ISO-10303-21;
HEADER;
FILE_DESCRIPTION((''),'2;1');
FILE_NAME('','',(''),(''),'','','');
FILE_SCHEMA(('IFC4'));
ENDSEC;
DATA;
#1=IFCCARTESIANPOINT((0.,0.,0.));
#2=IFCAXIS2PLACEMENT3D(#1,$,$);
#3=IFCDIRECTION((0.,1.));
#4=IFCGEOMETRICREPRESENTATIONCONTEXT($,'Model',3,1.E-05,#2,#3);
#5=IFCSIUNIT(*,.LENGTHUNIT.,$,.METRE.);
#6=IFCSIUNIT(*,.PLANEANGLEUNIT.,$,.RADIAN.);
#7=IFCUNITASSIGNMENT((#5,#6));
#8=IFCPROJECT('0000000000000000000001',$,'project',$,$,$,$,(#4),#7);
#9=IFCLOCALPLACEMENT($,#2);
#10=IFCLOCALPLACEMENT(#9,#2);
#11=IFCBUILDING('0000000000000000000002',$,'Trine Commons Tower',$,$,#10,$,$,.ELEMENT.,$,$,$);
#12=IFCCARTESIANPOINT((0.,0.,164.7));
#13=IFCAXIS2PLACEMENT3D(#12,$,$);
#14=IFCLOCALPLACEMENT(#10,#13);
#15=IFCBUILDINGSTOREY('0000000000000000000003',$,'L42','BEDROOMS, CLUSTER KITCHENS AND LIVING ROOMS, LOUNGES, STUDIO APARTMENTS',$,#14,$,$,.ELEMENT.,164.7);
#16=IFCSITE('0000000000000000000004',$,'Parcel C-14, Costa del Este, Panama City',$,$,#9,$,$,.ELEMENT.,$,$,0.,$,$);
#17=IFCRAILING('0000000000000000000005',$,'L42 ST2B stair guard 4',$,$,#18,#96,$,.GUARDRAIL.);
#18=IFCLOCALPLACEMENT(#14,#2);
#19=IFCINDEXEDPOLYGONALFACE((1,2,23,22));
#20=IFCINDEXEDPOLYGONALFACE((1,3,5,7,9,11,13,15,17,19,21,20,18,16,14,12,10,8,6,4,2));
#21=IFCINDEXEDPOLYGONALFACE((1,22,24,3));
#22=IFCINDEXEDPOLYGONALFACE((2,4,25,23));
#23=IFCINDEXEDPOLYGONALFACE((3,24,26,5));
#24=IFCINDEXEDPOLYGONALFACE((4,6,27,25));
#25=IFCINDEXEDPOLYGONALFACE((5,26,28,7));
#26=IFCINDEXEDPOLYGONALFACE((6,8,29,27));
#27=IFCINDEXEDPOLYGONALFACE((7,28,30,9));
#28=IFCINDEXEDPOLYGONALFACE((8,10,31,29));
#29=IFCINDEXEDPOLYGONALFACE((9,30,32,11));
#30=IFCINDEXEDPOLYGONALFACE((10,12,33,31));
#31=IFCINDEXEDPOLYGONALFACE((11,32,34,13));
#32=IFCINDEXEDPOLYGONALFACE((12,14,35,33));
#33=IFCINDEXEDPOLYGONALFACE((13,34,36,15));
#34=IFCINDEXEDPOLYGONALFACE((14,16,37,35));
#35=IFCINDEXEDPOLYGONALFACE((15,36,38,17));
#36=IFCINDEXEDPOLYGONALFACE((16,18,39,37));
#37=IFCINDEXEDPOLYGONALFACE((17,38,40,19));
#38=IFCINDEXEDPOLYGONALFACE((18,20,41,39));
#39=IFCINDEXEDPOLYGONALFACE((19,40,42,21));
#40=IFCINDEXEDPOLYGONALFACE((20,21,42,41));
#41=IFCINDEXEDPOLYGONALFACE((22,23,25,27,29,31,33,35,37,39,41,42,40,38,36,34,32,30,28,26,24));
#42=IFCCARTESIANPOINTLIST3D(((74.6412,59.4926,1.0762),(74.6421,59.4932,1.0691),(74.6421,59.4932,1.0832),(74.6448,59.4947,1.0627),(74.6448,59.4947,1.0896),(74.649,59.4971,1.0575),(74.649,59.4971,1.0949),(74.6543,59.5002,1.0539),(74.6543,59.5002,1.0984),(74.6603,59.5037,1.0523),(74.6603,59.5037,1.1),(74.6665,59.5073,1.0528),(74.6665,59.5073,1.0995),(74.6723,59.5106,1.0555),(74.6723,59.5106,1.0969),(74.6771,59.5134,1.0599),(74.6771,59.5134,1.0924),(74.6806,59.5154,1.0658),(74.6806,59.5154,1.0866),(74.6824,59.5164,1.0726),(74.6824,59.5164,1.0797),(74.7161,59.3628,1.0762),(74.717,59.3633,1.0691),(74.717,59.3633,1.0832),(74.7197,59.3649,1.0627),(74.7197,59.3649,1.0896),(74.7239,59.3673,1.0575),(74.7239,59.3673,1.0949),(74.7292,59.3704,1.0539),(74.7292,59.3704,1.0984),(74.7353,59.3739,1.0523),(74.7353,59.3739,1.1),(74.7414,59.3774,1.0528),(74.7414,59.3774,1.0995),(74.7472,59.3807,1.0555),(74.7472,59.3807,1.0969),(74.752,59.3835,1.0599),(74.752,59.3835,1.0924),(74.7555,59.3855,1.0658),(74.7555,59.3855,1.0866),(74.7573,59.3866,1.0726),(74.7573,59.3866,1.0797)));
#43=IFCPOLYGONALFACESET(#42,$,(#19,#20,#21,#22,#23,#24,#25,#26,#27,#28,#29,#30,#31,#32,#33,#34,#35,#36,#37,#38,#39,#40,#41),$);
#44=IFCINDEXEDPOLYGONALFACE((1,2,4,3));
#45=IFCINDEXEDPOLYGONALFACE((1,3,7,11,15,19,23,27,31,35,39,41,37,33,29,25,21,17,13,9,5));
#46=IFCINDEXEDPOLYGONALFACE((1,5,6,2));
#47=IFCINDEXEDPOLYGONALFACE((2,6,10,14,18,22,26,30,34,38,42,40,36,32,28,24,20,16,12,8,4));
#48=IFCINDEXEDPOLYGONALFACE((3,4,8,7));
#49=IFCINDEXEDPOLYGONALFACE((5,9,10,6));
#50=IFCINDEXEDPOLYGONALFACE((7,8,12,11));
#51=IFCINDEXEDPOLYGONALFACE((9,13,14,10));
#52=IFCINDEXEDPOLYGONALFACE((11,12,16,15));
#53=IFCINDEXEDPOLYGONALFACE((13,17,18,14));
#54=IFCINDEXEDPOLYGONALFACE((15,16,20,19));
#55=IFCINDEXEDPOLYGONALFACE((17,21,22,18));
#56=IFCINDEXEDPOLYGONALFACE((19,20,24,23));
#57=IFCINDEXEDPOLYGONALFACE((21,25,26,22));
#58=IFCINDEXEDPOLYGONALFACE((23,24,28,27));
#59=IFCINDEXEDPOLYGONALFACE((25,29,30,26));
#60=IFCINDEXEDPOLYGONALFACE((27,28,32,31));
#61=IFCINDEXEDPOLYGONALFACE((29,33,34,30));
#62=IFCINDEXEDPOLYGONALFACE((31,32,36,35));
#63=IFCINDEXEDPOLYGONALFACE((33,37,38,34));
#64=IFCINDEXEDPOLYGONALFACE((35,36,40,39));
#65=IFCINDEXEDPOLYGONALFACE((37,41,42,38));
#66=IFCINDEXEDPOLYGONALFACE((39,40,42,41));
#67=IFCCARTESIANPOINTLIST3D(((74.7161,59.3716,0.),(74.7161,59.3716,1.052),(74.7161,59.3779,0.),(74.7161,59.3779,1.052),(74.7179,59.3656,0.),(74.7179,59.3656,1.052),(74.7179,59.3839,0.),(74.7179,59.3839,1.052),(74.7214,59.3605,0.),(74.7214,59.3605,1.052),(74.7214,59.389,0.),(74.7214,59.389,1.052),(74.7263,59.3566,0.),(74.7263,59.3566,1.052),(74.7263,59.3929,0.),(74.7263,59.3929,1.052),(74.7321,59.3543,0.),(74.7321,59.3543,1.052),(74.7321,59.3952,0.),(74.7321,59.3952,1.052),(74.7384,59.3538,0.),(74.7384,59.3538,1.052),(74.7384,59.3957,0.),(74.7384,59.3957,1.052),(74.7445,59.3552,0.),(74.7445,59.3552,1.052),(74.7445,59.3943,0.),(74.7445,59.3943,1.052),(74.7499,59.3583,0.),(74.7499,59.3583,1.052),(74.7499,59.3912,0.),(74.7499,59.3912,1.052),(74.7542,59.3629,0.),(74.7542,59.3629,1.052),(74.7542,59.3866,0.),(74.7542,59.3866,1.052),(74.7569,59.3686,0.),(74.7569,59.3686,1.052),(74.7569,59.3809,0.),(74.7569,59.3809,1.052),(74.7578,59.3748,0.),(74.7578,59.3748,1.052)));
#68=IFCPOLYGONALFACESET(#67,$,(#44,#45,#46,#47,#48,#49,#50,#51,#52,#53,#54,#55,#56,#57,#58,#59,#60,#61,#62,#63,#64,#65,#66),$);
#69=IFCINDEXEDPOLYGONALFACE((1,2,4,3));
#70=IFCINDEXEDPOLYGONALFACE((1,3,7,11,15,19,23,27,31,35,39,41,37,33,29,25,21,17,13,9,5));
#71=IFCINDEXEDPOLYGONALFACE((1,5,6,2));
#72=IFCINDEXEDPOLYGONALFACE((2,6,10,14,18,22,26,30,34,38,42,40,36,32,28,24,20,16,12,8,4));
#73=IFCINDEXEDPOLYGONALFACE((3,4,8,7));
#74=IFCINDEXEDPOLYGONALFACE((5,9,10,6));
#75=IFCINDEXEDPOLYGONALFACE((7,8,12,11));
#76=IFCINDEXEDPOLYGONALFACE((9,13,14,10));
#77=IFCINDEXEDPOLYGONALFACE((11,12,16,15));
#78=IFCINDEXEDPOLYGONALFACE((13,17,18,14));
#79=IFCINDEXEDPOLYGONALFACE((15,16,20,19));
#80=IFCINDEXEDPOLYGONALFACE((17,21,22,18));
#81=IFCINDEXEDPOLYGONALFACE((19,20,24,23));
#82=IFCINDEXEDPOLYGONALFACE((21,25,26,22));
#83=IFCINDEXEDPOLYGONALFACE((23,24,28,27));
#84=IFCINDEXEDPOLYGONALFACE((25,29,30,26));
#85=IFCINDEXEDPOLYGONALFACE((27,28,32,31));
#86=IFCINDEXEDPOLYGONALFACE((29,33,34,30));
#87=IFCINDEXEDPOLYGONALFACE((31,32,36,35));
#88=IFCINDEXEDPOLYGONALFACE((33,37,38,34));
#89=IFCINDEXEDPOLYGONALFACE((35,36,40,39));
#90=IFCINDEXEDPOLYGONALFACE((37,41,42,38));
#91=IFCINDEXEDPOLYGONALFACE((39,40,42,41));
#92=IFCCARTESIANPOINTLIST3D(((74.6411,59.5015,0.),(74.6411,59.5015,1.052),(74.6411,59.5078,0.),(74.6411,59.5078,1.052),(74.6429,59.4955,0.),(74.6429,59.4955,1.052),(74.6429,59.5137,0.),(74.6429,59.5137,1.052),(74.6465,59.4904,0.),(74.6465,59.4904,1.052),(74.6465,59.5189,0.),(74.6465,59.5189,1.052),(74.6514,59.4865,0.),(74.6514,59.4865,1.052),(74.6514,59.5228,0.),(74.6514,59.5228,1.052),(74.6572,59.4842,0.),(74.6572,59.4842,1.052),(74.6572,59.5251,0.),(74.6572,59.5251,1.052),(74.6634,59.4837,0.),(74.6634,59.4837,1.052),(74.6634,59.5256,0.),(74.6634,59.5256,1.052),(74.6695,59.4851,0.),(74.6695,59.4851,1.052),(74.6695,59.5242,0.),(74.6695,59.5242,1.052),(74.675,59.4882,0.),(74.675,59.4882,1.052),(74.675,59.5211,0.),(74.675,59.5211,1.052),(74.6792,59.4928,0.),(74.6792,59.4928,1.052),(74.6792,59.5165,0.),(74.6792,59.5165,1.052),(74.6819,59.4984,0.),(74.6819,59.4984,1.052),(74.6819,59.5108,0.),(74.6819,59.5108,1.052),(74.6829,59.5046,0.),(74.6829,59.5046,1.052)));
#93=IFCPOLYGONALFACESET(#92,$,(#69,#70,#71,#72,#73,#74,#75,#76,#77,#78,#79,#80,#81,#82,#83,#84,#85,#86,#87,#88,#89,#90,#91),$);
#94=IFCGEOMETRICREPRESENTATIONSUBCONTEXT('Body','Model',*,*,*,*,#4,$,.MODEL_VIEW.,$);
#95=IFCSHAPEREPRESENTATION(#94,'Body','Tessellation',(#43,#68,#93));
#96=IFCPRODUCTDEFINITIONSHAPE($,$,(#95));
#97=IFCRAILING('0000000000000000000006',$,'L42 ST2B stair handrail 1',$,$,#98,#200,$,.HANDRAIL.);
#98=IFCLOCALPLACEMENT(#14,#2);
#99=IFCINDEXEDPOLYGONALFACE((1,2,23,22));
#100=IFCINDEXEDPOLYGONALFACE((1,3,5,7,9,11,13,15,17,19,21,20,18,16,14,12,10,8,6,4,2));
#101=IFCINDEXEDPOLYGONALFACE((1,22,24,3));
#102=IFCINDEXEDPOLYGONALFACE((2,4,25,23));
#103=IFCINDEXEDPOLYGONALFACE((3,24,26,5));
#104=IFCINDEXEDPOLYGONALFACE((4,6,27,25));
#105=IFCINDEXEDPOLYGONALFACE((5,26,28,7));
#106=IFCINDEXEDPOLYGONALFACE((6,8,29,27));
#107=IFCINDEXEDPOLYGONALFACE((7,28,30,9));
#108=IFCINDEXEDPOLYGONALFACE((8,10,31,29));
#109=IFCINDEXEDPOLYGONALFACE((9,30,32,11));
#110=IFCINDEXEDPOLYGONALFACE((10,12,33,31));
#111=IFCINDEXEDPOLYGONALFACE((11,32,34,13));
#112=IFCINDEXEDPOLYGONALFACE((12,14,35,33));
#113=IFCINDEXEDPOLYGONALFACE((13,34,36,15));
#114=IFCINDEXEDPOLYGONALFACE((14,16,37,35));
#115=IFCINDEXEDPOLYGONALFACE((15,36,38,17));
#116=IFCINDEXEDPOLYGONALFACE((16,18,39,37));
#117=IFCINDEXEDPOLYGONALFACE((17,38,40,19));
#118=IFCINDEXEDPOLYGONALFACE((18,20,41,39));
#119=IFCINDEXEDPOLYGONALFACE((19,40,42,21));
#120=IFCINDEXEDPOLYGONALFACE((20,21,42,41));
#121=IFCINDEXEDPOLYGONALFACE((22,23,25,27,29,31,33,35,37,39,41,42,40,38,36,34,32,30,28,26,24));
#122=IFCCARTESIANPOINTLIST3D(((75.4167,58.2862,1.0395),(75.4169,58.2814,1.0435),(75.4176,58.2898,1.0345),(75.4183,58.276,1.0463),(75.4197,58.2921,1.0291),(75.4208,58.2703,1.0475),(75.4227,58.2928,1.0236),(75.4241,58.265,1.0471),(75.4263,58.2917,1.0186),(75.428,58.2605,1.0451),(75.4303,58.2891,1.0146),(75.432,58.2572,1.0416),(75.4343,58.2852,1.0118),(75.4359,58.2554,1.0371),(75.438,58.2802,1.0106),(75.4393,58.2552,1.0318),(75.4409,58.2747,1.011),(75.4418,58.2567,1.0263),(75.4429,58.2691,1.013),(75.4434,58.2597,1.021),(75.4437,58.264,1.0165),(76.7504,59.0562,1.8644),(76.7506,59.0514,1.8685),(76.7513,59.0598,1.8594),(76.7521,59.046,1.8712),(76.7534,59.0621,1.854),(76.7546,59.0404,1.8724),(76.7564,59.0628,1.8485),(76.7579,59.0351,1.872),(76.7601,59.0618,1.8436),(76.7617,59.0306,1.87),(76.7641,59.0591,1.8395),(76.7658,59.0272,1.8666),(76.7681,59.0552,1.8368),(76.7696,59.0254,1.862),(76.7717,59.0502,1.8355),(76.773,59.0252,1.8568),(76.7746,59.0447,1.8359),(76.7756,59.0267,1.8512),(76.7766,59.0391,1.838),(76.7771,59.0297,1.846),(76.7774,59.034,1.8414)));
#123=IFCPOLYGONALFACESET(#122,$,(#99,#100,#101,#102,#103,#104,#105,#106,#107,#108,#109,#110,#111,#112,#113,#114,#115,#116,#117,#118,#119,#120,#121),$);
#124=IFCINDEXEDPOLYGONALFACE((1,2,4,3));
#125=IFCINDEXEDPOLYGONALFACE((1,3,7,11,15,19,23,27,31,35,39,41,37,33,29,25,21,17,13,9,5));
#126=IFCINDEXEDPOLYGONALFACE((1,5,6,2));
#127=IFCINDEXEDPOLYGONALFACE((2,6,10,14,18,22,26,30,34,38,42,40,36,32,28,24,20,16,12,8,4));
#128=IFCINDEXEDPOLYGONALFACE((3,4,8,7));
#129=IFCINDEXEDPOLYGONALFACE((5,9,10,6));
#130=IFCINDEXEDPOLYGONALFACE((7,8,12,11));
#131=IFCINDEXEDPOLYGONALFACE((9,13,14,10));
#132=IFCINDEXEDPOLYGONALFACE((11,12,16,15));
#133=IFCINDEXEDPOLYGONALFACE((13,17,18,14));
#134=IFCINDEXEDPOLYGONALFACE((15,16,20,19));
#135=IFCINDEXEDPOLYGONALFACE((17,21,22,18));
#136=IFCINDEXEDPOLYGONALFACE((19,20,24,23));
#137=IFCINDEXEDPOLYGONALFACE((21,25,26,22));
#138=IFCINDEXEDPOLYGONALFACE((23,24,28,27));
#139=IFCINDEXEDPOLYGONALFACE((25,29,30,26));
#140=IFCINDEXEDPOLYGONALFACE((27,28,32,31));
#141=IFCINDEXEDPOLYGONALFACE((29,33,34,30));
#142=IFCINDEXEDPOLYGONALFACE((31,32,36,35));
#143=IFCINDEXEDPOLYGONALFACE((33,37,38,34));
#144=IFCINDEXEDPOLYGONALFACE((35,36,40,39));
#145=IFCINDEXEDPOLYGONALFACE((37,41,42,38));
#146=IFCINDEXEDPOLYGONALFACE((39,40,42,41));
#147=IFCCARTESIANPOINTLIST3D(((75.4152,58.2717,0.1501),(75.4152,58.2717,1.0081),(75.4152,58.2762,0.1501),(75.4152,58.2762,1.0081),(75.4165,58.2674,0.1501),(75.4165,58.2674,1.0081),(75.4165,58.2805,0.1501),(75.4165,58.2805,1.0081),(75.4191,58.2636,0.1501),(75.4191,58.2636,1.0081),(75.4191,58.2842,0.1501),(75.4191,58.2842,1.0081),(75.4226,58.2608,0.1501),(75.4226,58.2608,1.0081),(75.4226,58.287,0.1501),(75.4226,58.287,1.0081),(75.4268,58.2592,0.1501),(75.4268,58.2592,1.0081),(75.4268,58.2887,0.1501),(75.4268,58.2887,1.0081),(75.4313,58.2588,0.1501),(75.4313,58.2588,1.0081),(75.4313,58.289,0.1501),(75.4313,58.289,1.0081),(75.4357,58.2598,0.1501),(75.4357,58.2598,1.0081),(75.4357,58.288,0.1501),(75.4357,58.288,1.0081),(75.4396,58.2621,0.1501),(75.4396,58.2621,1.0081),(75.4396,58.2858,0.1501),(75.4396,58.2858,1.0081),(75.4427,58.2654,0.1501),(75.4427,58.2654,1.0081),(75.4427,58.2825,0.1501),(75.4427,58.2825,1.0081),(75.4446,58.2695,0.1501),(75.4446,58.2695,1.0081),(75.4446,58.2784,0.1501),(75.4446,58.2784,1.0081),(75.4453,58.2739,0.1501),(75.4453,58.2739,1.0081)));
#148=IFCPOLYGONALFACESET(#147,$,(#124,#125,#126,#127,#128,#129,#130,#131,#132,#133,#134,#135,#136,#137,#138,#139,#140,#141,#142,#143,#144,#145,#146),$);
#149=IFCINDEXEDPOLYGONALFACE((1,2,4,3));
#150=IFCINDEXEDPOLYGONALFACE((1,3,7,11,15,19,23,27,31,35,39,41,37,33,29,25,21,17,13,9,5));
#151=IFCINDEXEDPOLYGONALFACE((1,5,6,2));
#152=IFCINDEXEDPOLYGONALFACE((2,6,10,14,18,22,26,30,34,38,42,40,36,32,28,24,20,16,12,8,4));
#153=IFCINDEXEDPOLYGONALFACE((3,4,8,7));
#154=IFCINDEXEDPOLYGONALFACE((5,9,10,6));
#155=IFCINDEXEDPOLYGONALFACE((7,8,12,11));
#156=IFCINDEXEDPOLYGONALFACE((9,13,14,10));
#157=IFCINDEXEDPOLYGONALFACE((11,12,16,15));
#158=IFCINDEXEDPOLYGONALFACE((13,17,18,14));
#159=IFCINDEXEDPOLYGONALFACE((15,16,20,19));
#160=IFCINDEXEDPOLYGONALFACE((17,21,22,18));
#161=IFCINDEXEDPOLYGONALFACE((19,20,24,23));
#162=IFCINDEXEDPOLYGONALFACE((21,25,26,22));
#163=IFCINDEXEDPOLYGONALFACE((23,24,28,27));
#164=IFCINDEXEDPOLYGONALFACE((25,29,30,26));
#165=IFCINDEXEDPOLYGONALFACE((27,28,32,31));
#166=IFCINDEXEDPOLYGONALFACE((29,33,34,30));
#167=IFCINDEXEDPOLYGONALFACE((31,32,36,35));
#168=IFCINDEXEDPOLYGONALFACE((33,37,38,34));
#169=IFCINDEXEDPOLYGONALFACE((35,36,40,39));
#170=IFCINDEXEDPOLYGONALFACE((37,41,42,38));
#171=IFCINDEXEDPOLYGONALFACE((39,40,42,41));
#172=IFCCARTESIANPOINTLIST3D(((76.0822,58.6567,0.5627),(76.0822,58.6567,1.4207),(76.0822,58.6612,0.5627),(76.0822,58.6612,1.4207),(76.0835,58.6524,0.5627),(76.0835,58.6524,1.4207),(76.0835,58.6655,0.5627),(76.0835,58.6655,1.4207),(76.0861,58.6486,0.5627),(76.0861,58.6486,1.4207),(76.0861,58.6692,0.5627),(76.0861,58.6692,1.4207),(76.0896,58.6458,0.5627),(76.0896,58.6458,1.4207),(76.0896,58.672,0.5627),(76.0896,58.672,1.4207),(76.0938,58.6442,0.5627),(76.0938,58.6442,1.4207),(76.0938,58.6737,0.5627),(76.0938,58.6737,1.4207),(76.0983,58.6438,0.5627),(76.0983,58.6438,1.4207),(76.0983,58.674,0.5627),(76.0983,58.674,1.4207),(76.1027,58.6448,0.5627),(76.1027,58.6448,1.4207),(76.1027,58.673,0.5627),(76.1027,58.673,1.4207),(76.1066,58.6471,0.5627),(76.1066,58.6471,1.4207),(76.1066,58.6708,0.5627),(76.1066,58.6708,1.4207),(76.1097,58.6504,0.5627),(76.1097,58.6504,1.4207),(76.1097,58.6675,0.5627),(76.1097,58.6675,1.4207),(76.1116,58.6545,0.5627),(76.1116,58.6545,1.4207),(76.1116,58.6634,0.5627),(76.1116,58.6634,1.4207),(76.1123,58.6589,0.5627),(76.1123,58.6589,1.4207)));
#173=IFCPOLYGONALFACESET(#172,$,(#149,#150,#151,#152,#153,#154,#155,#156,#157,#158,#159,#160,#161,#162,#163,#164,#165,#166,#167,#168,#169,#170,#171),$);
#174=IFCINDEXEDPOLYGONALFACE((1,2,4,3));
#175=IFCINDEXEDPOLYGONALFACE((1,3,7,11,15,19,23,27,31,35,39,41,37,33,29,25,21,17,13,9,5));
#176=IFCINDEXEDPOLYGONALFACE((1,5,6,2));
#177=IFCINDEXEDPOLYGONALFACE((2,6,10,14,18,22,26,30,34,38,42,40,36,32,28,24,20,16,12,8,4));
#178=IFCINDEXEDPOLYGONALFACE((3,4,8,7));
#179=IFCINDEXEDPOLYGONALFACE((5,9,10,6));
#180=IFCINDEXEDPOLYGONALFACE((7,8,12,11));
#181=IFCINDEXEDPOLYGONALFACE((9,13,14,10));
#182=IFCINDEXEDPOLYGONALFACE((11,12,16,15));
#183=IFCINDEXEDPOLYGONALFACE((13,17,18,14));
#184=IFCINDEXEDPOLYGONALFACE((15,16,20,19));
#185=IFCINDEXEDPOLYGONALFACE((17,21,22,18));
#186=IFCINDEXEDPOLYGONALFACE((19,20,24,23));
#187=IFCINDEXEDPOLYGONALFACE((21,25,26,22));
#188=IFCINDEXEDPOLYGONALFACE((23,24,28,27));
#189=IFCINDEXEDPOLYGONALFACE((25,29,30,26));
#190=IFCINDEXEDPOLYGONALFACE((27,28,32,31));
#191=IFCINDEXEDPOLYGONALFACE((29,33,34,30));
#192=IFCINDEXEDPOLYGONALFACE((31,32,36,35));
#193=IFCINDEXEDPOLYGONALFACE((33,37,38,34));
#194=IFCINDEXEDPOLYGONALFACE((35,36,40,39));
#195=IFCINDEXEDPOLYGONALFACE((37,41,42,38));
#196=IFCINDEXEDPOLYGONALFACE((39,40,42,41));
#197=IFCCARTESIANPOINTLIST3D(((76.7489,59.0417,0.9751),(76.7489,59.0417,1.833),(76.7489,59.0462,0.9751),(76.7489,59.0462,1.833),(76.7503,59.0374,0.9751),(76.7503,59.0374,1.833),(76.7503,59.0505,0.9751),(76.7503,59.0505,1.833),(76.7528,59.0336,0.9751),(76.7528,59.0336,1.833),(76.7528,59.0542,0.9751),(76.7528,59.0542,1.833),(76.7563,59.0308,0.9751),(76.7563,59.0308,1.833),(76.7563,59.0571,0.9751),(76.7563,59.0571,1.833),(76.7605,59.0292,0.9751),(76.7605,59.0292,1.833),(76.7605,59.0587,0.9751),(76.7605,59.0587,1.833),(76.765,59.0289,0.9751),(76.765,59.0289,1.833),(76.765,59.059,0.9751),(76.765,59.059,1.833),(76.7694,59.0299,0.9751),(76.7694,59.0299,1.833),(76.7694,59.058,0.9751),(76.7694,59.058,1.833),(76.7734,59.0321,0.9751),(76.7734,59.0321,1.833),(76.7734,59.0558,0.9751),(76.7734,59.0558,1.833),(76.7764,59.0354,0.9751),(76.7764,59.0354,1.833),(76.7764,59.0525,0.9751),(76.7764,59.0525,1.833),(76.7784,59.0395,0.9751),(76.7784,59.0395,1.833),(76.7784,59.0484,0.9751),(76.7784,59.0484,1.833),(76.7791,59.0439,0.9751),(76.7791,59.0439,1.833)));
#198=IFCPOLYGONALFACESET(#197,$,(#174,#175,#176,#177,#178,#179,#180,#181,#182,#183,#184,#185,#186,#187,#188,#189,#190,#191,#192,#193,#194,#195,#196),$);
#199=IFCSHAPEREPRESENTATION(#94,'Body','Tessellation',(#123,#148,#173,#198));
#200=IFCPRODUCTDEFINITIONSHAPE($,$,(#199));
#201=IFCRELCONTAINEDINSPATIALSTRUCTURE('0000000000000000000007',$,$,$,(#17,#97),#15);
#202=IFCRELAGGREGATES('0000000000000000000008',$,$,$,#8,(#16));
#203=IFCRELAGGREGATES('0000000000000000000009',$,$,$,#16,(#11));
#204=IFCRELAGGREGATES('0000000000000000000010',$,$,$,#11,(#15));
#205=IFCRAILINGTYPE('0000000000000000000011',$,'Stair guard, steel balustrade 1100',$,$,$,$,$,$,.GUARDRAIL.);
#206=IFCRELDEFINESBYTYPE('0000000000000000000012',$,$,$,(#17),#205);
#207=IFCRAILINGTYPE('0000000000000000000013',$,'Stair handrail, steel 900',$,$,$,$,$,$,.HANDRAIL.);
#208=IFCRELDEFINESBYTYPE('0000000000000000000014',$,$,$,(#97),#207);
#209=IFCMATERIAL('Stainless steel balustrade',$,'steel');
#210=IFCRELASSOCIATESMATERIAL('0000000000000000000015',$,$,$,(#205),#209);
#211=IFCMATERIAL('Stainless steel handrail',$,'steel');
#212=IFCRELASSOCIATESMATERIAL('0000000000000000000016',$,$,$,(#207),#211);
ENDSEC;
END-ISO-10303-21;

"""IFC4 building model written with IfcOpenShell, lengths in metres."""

from ifc_helpers import new_model, si_unit, direction, frame, origin, origin_2d, place, context, subcontext, project, spatial, circle, extrude, material, type_object, element, save


model = new_model("IFC4")

# Units and contexts
model_context = context("Model", 3, precision=1e-05, world=origin(), true_north=direction((0.0, 1.0)))
body_context = subcontext(model_context, "Body", "Model", "MODEL_VIEW")
ifc_project = project(units=[si_unit("LENGTHUNIT", "METRE"), si_unit("PLANEANGLEUNIT", "RADIAN")], contexts=[model_context])

# Site, building, storey
site_placement = place(None, origin())
site = spatial("IfcSite", under=ifc_project, at=site_placement, Name="Parcel C-14, Costa del Este, Panama City", CompositionType="ELEMENT", RefElevation=0.0)
building_placement = place(site_placement, origin())
building = spatial("IfcBuilding", under=site, at=building_placement, Name="Trine Commons Tower", CompositionType="ELEMENT")
storey_placement = place(building_placement, frame((0.0, 0.0, 164.7)))
storey = spatial("IfcBuildingStorey", under=building, at=storey_placement, Name="L42", Description="BEDROOMS, CLUSTER KITCHENS AND LIVING ROOMS, LOUNGES, STUDIO APARTMENTS", CompositionType="ELEMENT", Elevation=164.7)

# Railings
ifc_material_1 = material(Name="Stainless steel balustrade", Category="steel")
railing_type_1 = type_object("IfcRailingType", Name="Stair guard, steel balustrade 1100", PredefinedType="GUARDRAIL", material=ifc_material_1)
railing_1_placement = place(storey_placement, frame((74.7368, 59.3748, 0.0)))
element("IfcRailing", 1, at=railing_1_placement, inside=storey, type_object=railing_type_1, Name="L42 ST2B stair guard 4", PredefinedType="GUARDRAIL", context=body_context, shape_type="SweptSolid", body=[
    extrude(circle(Radius=0.0239, at=origin_2d()), frame((0.0, 0.0, 1.0762), z_axis=(-0.499816, 0.866131, 0.0), x_axis=(-0.866131, -0.499816, 0.0)), (0.0, 0.0, 1.0), 0.1499),
    extrude(circle(Radius=0.021, at=origin_2d()), origin(), (0.0, 0.0, 1.0), 1.052),
    extrude(circle(Radius=0.021, at=origin_2d()), frame((-0.075, 0.1299, 0.0)), (0.0, 0.0, 1.0), 1.052),
])
ifc_material_2 = material(Name="Stainless steel handrail", Category="steel")
railing_type_2 = type_object("IfcRailingType", Name="Stair handrail, steel 900", PredefinedType="HANDRAIL", material=ifc_material_2)
for number, where, name in (
    (2, (75.4302, 58.2739, 0.1501), "L42 ST2B stair handrail 1"),
):
    element("IfcRailing", number, at=place(storey_placement, frame(where)), inside=storey, type_object=railing_type_2, Name=name, PredefinedType="HANDRAIL", context=body_context, shape_type="SweptSolid", body=[
        extrude(circle(Radius=0.021, at=origin_2d()), frame((0.0, 0.0, 0.8789), z_axis=(0.763405, 0.440743, 0.472185), x_axis=(-0.499992, 0.86603, 0.0)), (0.0, 0.0, 1.0), 1.7471),
        extrude(circle(Radius=0.0151, at=origin_2d()), origin(), (0.0, 0.0, 1.0), 0.8579),
        extrude(circle(Radius=0.0151, at=origin_2d()), frame((0.667, 0.385, 0.4126)), (0.0, 0.0, 1.0), 0.8579),
        extrude(circle(Radius=0.0151, at=origin_2d()), frame((1.3337, 0.77, 0.825)), (0.0, 0.0, 1.0), 0.8579),
    ])

save(model, "model.ifc")
